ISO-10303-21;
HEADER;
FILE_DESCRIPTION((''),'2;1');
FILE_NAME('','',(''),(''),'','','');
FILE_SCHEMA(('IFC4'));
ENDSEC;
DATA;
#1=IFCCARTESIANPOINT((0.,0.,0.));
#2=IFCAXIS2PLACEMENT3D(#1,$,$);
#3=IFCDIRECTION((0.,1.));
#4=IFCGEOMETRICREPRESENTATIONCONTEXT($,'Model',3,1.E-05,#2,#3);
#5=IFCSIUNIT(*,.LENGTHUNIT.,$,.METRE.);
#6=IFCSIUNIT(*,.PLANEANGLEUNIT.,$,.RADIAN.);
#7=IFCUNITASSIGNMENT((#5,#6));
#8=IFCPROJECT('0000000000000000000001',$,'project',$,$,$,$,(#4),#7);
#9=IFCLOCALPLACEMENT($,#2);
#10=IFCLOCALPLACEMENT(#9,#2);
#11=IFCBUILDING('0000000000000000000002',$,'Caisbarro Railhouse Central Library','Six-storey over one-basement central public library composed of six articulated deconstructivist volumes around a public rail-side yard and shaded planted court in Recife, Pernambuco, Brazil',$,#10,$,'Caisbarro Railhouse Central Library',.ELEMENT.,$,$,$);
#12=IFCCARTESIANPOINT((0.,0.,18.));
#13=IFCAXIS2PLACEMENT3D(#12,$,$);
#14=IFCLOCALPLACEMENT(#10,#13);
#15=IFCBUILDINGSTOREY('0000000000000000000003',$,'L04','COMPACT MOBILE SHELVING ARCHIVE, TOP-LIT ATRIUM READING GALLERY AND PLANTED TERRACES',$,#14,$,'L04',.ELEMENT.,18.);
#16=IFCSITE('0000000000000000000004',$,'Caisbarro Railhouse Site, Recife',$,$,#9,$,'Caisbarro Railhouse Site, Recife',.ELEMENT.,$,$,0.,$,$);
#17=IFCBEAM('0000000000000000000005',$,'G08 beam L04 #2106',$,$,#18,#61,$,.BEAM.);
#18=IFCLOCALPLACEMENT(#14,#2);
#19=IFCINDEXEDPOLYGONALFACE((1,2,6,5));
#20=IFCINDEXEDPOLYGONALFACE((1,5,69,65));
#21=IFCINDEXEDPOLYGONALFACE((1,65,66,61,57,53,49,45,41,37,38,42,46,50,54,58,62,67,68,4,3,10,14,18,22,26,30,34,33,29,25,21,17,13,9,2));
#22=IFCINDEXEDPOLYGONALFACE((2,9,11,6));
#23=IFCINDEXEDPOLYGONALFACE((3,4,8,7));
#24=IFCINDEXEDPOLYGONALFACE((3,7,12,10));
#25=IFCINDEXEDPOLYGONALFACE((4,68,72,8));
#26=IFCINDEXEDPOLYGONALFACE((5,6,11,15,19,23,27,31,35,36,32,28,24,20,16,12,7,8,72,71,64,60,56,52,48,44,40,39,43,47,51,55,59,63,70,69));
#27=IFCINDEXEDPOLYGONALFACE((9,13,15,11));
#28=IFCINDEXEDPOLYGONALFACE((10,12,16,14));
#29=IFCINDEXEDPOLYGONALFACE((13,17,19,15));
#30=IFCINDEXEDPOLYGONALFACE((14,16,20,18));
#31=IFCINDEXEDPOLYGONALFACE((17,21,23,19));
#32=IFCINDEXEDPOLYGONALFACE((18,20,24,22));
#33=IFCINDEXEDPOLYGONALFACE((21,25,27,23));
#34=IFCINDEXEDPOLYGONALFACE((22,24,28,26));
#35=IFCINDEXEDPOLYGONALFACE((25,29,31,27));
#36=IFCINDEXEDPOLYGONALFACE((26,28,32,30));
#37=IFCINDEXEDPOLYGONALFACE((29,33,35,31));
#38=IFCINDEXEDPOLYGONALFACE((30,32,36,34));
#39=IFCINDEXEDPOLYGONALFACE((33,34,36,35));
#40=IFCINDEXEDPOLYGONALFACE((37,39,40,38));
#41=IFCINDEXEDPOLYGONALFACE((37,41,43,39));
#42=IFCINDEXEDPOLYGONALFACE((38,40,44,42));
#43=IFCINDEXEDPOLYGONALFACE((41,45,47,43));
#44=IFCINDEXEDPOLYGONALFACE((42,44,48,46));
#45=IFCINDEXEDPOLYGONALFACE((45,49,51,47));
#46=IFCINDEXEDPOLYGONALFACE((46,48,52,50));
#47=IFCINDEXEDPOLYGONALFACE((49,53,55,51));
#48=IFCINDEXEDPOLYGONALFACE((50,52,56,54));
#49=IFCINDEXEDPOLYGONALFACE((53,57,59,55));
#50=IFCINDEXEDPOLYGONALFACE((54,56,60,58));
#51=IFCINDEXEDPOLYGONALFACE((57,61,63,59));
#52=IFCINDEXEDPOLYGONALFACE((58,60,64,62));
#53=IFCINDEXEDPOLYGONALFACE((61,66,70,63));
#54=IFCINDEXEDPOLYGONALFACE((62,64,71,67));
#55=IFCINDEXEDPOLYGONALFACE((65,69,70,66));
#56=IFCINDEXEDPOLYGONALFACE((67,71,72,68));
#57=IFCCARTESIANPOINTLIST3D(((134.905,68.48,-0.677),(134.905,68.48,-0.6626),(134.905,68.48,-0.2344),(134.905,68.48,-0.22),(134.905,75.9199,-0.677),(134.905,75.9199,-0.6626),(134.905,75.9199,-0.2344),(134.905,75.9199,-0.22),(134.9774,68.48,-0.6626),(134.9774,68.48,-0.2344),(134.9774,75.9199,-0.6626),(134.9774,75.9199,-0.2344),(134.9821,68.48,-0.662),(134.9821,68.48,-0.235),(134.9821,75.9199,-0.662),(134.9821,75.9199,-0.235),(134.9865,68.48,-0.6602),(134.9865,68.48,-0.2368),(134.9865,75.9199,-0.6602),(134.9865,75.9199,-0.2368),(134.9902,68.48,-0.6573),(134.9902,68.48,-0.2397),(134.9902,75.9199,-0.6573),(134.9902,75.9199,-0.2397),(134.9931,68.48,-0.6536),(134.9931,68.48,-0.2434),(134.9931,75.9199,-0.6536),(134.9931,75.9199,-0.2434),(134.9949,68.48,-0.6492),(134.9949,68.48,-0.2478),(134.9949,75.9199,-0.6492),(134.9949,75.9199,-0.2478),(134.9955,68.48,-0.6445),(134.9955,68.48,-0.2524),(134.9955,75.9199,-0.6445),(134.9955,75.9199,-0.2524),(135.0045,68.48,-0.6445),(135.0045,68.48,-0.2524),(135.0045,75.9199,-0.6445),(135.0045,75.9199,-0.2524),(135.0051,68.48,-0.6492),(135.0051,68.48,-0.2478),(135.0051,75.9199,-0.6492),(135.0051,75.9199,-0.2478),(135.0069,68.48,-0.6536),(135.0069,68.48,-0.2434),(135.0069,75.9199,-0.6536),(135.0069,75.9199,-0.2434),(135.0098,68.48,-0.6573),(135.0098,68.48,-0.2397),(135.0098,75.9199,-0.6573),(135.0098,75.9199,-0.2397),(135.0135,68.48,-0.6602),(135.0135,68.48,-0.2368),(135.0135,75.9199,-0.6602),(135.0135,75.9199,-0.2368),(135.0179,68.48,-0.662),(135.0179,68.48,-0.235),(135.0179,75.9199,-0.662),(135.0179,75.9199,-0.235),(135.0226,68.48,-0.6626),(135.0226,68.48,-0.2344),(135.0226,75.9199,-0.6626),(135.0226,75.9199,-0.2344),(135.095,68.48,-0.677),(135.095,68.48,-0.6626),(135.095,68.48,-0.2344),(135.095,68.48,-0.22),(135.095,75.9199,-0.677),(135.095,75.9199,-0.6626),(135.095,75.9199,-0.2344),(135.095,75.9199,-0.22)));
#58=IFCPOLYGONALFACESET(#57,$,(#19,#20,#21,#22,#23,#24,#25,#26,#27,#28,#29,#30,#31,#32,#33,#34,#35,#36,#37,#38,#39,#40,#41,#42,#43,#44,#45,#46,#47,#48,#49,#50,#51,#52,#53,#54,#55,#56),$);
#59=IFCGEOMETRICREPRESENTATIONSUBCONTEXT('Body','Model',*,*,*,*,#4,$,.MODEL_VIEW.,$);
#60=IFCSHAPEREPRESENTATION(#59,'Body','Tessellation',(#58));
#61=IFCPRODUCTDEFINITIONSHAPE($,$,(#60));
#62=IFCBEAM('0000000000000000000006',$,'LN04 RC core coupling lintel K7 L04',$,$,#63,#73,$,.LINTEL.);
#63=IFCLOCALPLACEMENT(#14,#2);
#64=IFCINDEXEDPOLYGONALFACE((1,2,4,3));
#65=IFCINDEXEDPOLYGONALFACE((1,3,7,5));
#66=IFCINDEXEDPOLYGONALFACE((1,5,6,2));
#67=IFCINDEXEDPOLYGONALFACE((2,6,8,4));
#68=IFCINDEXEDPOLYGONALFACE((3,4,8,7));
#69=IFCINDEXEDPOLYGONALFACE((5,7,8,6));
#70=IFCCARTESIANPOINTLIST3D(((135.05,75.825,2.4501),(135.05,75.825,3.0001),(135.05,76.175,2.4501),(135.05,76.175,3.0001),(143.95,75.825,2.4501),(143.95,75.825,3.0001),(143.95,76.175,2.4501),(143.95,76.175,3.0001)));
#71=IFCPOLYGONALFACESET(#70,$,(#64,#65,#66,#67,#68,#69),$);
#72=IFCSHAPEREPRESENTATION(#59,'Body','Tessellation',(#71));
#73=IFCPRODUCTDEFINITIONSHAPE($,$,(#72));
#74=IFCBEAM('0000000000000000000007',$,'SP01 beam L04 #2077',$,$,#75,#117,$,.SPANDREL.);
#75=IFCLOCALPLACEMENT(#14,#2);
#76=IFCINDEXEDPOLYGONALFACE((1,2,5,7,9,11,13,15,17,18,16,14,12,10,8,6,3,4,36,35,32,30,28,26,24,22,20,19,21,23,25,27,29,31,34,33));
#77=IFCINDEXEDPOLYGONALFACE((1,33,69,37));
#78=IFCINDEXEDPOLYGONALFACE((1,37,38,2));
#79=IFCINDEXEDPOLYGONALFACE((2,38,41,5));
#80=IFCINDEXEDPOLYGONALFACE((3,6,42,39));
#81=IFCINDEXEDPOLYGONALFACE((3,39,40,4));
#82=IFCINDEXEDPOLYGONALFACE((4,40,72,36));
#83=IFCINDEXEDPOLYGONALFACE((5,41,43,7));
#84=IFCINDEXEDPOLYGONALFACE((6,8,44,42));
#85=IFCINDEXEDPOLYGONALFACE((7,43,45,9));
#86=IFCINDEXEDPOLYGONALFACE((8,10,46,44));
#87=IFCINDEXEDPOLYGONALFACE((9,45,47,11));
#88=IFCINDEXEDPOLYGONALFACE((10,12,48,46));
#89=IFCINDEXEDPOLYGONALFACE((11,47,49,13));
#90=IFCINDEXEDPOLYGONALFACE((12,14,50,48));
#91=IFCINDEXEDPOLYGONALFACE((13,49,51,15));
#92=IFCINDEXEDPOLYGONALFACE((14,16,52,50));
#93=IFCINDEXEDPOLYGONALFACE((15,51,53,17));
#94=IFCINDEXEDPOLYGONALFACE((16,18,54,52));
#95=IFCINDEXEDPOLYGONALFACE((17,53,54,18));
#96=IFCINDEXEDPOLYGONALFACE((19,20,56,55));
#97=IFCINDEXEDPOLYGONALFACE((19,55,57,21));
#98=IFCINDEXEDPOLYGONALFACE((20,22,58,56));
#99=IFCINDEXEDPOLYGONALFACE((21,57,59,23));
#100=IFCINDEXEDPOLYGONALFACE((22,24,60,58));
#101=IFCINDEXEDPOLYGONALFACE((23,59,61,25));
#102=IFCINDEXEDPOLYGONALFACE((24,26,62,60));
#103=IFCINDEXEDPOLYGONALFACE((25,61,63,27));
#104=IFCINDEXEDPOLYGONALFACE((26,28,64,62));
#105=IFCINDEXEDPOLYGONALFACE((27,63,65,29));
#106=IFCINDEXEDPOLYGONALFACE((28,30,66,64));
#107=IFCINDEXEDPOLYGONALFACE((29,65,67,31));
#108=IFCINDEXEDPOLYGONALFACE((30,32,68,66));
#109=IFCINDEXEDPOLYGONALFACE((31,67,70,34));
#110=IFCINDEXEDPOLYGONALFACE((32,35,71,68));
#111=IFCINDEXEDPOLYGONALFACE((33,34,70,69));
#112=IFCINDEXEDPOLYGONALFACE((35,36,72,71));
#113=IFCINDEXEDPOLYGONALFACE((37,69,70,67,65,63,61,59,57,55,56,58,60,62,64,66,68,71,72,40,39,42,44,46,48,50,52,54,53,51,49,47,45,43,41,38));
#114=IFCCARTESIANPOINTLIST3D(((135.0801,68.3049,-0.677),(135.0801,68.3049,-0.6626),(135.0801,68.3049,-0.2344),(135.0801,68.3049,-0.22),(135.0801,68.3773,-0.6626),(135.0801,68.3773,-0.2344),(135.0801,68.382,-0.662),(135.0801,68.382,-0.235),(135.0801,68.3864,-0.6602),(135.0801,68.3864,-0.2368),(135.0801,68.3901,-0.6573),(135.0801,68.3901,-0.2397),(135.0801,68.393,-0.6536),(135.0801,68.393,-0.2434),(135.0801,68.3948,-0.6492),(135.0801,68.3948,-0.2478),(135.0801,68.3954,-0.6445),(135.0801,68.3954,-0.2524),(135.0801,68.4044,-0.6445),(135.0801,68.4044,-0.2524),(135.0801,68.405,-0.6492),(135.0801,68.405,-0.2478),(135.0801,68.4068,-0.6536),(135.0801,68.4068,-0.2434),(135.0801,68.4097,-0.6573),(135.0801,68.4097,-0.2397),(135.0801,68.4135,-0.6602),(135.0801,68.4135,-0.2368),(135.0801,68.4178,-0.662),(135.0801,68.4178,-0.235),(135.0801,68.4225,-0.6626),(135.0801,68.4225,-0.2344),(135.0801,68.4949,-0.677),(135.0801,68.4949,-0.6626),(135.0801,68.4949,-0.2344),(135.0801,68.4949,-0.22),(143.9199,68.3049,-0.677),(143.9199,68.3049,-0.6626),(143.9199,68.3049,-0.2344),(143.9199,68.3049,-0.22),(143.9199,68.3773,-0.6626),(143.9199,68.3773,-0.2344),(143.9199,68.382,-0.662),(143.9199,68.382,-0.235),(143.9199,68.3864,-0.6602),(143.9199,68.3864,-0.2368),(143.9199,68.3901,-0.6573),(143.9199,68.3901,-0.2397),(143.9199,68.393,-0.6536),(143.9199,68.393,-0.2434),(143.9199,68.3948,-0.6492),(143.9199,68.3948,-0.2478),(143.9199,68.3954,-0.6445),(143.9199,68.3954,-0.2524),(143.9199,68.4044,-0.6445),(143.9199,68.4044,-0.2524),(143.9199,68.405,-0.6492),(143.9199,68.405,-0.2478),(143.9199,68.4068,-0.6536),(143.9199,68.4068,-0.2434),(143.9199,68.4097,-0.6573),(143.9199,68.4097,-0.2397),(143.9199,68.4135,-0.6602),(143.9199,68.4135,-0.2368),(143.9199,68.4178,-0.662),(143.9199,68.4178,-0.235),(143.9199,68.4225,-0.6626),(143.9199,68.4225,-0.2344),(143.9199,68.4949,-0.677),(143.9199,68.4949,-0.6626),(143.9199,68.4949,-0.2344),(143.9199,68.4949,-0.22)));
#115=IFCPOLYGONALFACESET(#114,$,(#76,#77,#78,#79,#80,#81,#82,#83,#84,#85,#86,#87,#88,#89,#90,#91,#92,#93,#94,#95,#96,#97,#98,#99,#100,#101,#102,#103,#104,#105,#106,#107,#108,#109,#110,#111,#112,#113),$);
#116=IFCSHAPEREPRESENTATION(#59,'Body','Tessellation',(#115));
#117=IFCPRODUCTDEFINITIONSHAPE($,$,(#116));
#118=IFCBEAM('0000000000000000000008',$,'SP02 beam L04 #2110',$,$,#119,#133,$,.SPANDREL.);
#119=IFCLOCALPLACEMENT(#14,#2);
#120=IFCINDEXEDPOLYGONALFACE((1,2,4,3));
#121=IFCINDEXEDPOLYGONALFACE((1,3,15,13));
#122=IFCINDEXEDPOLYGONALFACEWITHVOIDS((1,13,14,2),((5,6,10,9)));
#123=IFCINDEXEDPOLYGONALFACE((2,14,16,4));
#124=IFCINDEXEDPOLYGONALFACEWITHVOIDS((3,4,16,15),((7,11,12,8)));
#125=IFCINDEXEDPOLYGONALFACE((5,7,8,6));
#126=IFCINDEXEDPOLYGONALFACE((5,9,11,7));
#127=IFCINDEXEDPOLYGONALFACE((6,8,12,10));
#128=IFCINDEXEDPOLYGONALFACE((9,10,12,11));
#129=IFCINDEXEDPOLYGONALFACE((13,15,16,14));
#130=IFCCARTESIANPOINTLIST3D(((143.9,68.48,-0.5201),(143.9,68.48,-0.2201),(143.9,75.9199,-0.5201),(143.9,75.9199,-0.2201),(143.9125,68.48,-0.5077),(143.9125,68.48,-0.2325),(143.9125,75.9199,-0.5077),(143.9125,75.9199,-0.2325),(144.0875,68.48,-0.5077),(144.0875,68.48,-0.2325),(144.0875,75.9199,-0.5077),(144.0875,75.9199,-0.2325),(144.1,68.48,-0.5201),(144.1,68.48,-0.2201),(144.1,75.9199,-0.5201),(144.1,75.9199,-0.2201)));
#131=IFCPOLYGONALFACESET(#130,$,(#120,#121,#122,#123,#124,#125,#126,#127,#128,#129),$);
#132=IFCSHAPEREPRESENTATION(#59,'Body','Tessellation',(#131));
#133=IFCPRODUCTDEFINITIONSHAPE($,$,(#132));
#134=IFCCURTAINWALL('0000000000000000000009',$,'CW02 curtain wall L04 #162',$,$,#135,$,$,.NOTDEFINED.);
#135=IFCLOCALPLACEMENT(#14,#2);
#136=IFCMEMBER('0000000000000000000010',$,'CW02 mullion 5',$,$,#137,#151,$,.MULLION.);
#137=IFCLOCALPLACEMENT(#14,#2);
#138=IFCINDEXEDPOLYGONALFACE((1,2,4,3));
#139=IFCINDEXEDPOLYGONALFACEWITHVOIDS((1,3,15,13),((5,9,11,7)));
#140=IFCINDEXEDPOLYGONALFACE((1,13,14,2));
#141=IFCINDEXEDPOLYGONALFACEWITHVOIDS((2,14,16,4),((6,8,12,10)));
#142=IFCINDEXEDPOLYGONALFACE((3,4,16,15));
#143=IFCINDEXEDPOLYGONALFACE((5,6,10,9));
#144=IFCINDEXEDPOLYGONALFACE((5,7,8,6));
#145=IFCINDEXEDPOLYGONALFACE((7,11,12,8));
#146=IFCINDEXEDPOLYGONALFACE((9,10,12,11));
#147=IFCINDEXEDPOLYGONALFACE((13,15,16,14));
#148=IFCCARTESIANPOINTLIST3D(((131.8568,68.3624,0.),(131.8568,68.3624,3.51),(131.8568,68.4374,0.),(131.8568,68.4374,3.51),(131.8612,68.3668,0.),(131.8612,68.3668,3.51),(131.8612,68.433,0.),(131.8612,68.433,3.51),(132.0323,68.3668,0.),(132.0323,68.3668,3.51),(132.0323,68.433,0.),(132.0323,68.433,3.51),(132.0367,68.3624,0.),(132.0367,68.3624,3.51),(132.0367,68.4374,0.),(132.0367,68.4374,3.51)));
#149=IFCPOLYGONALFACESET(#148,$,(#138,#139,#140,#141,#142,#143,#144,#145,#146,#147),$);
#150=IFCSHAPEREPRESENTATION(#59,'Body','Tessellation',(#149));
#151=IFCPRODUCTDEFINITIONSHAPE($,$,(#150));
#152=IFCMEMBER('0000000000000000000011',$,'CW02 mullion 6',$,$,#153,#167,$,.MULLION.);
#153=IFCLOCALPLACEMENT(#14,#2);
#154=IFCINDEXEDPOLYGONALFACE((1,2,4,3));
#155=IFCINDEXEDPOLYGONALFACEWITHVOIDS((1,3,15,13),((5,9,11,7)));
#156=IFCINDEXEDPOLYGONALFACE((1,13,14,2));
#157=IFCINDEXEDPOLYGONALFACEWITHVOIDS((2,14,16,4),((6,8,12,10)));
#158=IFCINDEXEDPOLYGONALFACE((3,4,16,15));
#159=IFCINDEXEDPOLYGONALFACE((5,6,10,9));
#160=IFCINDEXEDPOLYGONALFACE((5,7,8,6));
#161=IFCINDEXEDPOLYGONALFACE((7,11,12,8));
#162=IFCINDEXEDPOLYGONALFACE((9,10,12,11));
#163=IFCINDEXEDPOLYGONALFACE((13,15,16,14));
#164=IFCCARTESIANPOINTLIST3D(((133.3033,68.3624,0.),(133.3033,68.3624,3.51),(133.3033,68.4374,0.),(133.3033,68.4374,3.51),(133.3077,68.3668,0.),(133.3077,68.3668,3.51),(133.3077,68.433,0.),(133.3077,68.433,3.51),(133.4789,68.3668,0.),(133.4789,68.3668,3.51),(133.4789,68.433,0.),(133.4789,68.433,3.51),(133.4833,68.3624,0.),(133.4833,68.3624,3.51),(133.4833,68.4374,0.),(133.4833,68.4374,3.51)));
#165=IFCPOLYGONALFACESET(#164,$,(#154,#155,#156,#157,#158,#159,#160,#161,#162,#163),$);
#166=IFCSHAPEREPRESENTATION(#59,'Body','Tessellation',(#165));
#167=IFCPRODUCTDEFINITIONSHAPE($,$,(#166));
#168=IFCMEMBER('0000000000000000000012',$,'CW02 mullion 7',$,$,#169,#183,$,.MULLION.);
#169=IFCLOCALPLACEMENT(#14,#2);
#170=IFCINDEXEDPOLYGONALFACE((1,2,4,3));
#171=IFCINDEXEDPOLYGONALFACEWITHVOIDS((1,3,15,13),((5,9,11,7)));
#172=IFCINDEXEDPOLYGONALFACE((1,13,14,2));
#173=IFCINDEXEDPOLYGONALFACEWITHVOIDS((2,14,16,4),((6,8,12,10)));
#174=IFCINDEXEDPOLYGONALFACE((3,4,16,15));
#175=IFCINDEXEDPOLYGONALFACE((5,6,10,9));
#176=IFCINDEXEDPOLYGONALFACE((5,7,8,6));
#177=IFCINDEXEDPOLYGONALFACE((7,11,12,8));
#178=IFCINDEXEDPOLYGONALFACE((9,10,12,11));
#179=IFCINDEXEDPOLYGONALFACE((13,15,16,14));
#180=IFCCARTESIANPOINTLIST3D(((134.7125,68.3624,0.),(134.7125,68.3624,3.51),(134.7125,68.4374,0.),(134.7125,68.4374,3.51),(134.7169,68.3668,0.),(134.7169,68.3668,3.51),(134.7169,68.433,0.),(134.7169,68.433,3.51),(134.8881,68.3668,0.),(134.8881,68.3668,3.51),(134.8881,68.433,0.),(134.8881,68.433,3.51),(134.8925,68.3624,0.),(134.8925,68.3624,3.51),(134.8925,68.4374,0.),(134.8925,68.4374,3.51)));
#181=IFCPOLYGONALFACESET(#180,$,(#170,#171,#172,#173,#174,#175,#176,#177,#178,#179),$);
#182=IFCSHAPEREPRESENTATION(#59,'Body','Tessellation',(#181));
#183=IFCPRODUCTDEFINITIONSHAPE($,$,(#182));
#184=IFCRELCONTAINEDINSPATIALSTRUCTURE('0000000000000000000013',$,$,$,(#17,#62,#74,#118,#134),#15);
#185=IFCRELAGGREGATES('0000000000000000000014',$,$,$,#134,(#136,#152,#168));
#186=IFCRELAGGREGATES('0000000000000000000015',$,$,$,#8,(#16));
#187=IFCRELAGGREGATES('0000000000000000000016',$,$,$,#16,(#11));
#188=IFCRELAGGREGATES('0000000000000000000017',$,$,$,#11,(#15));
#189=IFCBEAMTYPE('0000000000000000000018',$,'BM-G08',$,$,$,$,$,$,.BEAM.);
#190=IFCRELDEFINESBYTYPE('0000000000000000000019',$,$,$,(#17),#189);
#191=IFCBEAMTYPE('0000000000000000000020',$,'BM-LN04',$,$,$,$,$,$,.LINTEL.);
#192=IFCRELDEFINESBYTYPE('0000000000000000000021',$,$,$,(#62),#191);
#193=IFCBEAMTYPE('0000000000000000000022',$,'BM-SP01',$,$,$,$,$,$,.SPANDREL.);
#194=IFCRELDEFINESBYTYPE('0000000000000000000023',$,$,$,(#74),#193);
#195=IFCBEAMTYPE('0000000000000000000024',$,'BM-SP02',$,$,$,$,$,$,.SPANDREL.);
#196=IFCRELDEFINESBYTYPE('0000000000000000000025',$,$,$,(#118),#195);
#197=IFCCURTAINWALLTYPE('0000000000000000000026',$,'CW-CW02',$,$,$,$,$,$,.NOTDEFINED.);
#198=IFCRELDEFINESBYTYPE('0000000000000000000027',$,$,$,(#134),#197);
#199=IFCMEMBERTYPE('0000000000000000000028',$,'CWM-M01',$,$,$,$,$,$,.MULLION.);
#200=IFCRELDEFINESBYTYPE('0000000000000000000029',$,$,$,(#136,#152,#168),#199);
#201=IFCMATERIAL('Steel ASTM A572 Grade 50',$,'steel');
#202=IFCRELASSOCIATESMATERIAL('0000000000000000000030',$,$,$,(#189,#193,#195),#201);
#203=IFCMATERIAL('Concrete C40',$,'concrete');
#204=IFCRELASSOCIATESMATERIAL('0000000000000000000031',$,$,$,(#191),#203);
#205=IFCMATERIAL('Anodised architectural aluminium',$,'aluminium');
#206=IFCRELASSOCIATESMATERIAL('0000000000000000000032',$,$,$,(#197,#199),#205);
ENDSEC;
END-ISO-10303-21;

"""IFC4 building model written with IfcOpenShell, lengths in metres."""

from ifc_helpers import new_model, si_unit, direction, frame, origin, origin_2d, place, context, subcontext, project, spatial, rectangle, hollow_rectangle, i_section, extrude, material, material_profile, profile_set, type_object, element, aggregate, save


model = new_model("IFC4")

# Units and contexts
model_context = context("Model", 3, precision=1e-05, world=origin(), true_north=direction((0.0, 1.0)))
body_context = subcontext(model_context, "Body", "Model", "MODEL_VIEW")
ifc_project = project(units=[si_unit("LENGTHUNIT", "METRE"), si_unit("PLANEANGLEUNIT", "RADIAN")], contexts=[model_context])

# Site, building, storey
site_placement = place(None, origin())
site = spatial("IfcSite", under=ifc_project, at=site_placement, Name="Caisbarro Railhouse Site, Recife", LongName="Caisbarro Railhouse Site, Recife", CompositionType="ELEMENT", RefElevation=0.0)
building_placement = place(site_placement, origin())
building = spatial("IfcBuilding", under=site, at=building_placement, Name="Caisbarro Railhouse Central Library", Description="Six-storey over one-basement central public library composed of six articulated deconstructivist volumes around a public rail-side yard and shaded planted court in Recife, Pernambuco, Brazil", LongName="Caisbarro Railhouse Central Library", CompositionType="ELEMENT")
storey_placement = place(building_placement, frame((0.0, 0.0, 18.0)))
storey = spatial("IfcBuildingStorey", under=building, at=storey_placement, Name="L04", Description="COMPACT MOBILE SHELVING ARCHIVE, TOP-LIT ATRIUM READING GALLERY AND PLANTED TERRACES", LongName="L04", CompositionType="ELEMENT", Elevation=18.0)

# Shared definitions
ifc_material_1 = material(Name="Steel ASTM A572 Grade 50", Category="steel")

# Beams
ifc_material_profile_1 = material_profile(ifc_material_1, i_section(OverallWidth=0.1899, OverallDepth=0.457, WebThickness=0.009, FlangeThickness=0.0144, FilletRadius=0.0181, at=origin_2d()), Name="W460X74.0")
ifc_profile_set_1 = profile_set([ifc_material_profile_1], Name="Steel ASTM A572 Grade 50")
beam_type_1 = type_object("IfcBeamType", Name="BM-G08", PredefinedType="BEAM", material=ifc_profile_set_1)
beam_1_placement = place(storey_placement, frame((135.0, 68.48, -0.4485), z_axis=(0.0, 1.0, 0.0), x_axis=(-1.0, 0.0, 0.0)))
element("IfcBeam", 1, at=beam_1_placement, inside=storey, type_object=beam_type_1, Name="G08 beam L04 #2106", PredefinedType="BEAM", context=body_context, shape_type="SweptSolid", body=[
    extrude(i_section(OverallWidth=0.1899, OverallDepth=0.457, WebThickness=0.009, FlangeThickness=0.0144, FilletRadius=0.0181, at=origin_2d()), origin(), (0.0, 0.0, 1.0), 7.4399),
])
ifc_material_2 = material(Name="Concrete C40", Category="concrete")
ifc_material_profile_2 = material_profile(ifc_material_2, rectangle(XDim=0.3501, YDim=0.55, at=origin_2d()), Name="RC-LIN-350X550")
ifc_profile_set_2 = profile_set([ifc_material_profile_2], Name="Concrete C40")
beam_type_2 = type_object("IfcBeamType", Name="BM-LN04", PredefinedType="LINTEL", material=ifc_profile_set_2)
beam_2_placement = place(storey_placement, frame((135.05, 76.0, 2.7251), z_axis=(1.0, 0.0, 0.0), x_axis=(0.0, 1.0, 0.0)))
element("IfcBeam", 2, at=beam_2_placement, inside=storey, type_object=beam_type_2, Name="LN04 RC core coupling lintel K7 L04", PredefinedType="LINTEL", context=body_context, shape_type="SweptSolid", body=[
    extrude(rectangle(XDim=0.3501, YDim=0.55, at=origin_2d()), origin(), (0.0, 0.0, 1.0), 8.8999),
])
ifc_material_profile_3 = material_profile(ifc_material_1, i_section(OverallWidth=0.1899, OverallDepth=0.457, WebThickness=0.009, FlangeThickness=0.0144, FilletRadius=0.0181, at=origin_2d()), Name="W460X74.0")
ifc_profile_set_3 = profile_set([ifc_material_profile_3], Name="Steel ASTM A572 Grade 50")
beam_type_3 = type_object("IfcBeamType", Name="BM-SP01", PredefinedType="SPANDREL", material=ifc_profile_set_3)
beam_3_placement = place(storey_placement, frame((135.0801, 68.3999, -0.4485), z_axis=(1.0, 0.0, 0.0), x_axis=(0.0, 1.0, 0.0)))
element("IfcBeam", 3, at=beam_3_placement, inside=storey, type_object=beam_type_3, Name="SP01 beam L04 #2077", PredefinedType="SPANDREL", context=body_context, shape_type="SweptSolid", body=[
    extrude(i_section(OverallWidth=0.1899, OverallDepth=0.457, WebThickness=0.009, FlangeThickness=0.0144, FilletRadius=0.0181, at=origin_2d()), origin(), (0.0, 0.0, 1.0), 8.8398),
])
ifc_material_profile_4 = material_profile(ifc_material_1, hollow_rectangle(XDim=0.2, YDim=0.3, WallThickness=0.0125, at=origin_2d()), Name="HSS300X200X12.5")
ifc_profile_set_4 = profile_set([ifc_material_profile_4], Name="Steel ASTM A572 Grade 50")
beam_type_4 = type_object("IfcBeamType", Name="BM-SP02", PredefinedType="SPANDREL", material=ifc_profile_set_4)
beam_4_placement = place(storey_placement, frame((144.0, 68.48, -0.3701), z_axis=(0.0, 1.0, 0.0), x_axis=(-1.0, 0.0, 0.0)))
element("IfcBeam", 4, at=beam_4_placement, inside=storey, type_object=beam_type_4, Name="SP02 beam L04 #2110", PredefinedType="SPANDREL", context=body_context, shape_type="SweptSolid", body=[
    extrude(hollow_rectangle(XDim=0.2, YDim=0.3, WallThickness=0.0125, at=origin_2d()), origin(), (0.0, 0.0, 1.0), 7.4399),
])

# Curtain wall, members
ifc_material_3 = material(Name="Anodised architectural aluminium", Category="aluminium")
curtain_wall_type = type_object("IfcCurtainWallType", Name="CW-CW02", PredefinedType="NOTDEFINED", material=ifc_material_3)
curtain_wall_placement = place(storey_placement, origin())
curtain_wall = element("IfcCurtainWall", 5, at=curtain_wall_placement, inside=storey, type_object=curtain_wall_type, Name="CW02 curtain wall L04 #162", PredefinedType="NOTDEFINED")
ifc_material_profile_5 = material_profile(ifc_material_3, hollow_rectangle(XDim=0.075, YDim=0.1799, WallThickness=0.0044, at=origin_2d()), Name="ALU-MUL-75X180")
ifc_profile_set_5 = profile_set([ifc_material_profile_5], Name="Anodised architectural aluminium")
member_type_1 = type_object("IfcMemberType", Name="CWM-M01", PredefinedType="MULLION", material=ifc_profile_set_5)
member_1_placement = place(storey_placement, frame((131.9468, 68.3999, 0.0), z_axis=(0.0, 0.0, 1.0), x_axis=(0.0, 1.0, 0.0)))
member_1 = element("IfcMember", 6, at=member_1_placement, type_object=member_type_1, Name="CW02 mullion 5", PredefinedType="MULLION", context=body_context, shape_type="SweptSolid", body=[
    extrude(hollow_rectangle(XDim=0.075, YDim=0.1799, WallThickness=0.0044, at=origin_2d()), origin(), (0.0, 0.0, 1.0), 3.51),
])
member_2_placement = place(storey_placement, frame((133.3933, 68.3999, 0.0), z_axis=(0.0, 0.0, 1.0), x_axis=(0.0, 1.0, 0.0)))
member_2 = element("IfcMember", 7, at=member_2_placement, type_object=member_type_1, Name="CW02 mullion 6", PredefinedType="MULLION", context=body_context, shape_type="SweptSolid", body=[
    extrude(hollow_rectangle(XDim=0.075, YDim=0.1799, WallThickness=0.0044, at=origin_2d()), origin(), (0.0, 0.0, 1.0), 3.51),
])
member_3_placement = place(storey_placement, frame((134.8025, 68.3999, 0.0), z_axis=(0.0, 0.0, 1.0), x_axis=(0.0, 1.0, 0.0)))
member_3 = element("IfcMember", 8, at=member_3_placement, type_object=member_type_1, Name="CW02 mullion 7", PredefinedType="MULLION", context=body_context, shape_type="SweptSolid", body=[
    extrude(hollow_rectangle(XDim=0.075, YDim=0.1799, WallThickness=0.0044, at=origin_2d()), origin(), (0.0, 0.0, 1.0), 3.51),
])
aggregate(curtain_wall, [member_1, member_2, member_3])

save(model, "model.ifc")
